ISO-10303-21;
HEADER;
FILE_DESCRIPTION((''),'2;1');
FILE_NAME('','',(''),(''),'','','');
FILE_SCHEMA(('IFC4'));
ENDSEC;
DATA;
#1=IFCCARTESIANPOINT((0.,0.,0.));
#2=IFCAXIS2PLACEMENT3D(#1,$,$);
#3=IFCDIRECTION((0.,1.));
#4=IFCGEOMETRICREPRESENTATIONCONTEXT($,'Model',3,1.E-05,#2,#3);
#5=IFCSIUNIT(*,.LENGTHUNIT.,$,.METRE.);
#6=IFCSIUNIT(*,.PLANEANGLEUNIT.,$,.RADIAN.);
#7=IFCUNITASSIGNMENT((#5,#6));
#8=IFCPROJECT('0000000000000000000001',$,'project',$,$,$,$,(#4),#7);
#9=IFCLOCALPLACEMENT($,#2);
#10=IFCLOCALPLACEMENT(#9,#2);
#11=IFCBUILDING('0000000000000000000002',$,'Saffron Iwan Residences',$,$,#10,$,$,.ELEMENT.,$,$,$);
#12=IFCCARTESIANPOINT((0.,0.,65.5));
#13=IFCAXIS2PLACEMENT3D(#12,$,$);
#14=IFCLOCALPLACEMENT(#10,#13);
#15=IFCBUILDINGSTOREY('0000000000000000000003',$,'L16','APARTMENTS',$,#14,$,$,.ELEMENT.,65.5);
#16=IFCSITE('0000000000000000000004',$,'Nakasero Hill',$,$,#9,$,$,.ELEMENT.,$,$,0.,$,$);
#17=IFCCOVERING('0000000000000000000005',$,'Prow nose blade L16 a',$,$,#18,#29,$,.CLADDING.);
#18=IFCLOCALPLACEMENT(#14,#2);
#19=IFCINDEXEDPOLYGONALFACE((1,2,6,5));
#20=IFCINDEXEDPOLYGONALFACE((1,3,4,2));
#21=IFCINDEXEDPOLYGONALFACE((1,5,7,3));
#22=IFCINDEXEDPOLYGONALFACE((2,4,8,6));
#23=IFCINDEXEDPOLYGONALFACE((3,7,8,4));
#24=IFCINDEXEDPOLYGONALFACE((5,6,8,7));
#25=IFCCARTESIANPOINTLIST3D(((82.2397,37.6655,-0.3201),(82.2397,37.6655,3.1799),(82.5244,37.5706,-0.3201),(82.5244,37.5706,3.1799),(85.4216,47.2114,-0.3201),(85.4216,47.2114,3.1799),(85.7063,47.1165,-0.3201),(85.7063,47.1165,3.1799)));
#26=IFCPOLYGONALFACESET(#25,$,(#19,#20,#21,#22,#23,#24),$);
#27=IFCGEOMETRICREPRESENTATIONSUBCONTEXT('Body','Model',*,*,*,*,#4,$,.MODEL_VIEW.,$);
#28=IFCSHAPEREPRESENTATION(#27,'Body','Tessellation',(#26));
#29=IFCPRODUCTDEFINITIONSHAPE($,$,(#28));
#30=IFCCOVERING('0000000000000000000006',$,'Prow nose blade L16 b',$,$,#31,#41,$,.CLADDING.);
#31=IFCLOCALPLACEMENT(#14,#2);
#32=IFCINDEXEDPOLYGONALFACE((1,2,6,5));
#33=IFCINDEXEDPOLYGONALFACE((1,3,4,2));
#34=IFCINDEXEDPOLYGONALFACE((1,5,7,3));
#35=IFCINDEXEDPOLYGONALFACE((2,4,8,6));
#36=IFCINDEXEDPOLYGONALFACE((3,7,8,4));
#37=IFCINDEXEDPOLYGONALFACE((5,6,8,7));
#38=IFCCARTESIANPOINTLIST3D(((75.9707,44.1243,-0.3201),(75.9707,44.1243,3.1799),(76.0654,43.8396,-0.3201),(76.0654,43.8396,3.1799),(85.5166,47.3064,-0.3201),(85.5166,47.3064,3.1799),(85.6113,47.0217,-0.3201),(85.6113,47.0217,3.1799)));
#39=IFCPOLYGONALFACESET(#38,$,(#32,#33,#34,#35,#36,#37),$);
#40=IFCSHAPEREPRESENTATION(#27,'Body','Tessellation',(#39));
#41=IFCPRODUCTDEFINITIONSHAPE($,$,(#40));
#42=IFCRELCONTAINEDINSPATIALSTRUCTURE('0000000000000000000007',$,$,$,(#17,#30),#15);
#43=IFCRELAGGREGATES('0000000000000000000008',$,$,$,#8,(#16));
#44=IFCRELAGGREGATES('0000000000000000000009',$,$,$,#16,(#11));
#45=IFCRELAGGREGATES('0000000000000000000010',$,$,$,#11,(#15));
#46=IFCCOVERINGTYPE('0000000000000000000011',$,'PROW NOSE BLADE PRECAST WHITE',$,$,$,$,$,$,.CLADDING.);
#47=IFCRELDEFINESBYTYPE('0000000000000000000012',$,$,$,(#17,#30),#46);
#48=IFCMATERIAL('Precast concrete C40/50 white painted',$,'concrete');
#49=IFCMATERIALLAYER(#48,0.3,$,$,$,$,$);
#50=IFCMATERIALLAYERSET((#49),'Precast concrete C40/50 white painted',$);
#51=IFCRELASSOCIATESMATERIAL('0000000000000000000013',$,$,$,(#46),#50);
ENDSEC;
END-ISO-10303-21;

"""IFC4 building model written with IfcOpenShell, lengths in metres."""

from ifc_helpers import new_model, si_unit, direction, frame, origin, place, context, subcontext, project, spatial, polyline, outline, extrude, material, layer, layer_set, type_object, element, save


model = new_model("IFC4")

# Units and contexts
model_context = context("Model", 3, precision=1e-05, world=origin(), true_north=direction((0.0, 1.0)))
body_context = subcontext(model_context, "Body", "Model", "MODEL_VIEW")
ifc_project = project(units=[si_unit("LENGTHUNIT", "METRE"), si_unit("PLANEANGLEUNIT", "RADIAN")], contexts=[model_context])

# Site, building, storey
site_placement = place(None, origin())
site = spatial("IfcSite", under=ifc_project, at=site_placement, Name="Nakasero Hill", CompositionType="ELEMENT", RefElevation=0.0)
building_placement = place(site_placement, origin())
building = spatial("IfcBuilding", under=site, at=building_placement, Name="Saffron Iwan Residences", CompositionType="ELEMENT")
storey_placement = place(building_placement, frame((0.0, 0.0, 65.5)))
storey = spatial("IfcBuildingStorey", under=building, at=storey_placement, Name="L16", Description="APARTMENTS", CompositionType="ELEMENT", Elevation=65.5)

# Coverings
ifc_material_1 = material(Name="Precast concrete C40/50 white painted", Category="concrete")
ifc_layer_1 = layer(ifc_material_1, 0.3)
ifc_layer_set_1 = layer_set([ifc_layer_1], Name="Precast concrete C40/50 white painted")
covering_type_1 = type_object("IfcCoveringType", Name="PROW NOSE BLADE PRECAST WHITE", PredefinedType="CLADDING", material=ifc_layer_set_1)
covering_1_placement = place(storey_placement, frame((0.0, 0.0, -0.3201)))
element("IfcCovering", 1, at=covering_1_placement, inside=storey, type_object=covering_type_1, Name="Prow nose blade L16 a", PredefinedType="CLADDING", context=body_context, shape_type="SweptSolid", body=[
    extrude(outline(polyline([(82.5244, 37.5706), (85.7063, 47.1165), (85.4216, 47.2114), (82.2397, 37.6655), (82.5244, 37.5706)])), origin(), (0.0, 0.0, 1.0), 3.5),
])
covering_2_placement = place(storey_placement, frame((0.0, 0.0, -0.3201)))
element("IfcCovering", 2, at=covering_2_placement, inside=storey, type_object=covering_type_1, Name="Prow nose blade L16 b", PredefinedType="CLADDING", context=body_context, shape_type="SweptSolid", body=[
    extrude(outline(polyline([(76.0654, 43.8396), (85.6113, 47.0217), (85.5166, 47.3064), (75.9707, 44.1243), (76.0654, 43.8396)])), origin(), (0.0, 0.0, 1.0), 3.5),
])

save(model, "model.ifc")
